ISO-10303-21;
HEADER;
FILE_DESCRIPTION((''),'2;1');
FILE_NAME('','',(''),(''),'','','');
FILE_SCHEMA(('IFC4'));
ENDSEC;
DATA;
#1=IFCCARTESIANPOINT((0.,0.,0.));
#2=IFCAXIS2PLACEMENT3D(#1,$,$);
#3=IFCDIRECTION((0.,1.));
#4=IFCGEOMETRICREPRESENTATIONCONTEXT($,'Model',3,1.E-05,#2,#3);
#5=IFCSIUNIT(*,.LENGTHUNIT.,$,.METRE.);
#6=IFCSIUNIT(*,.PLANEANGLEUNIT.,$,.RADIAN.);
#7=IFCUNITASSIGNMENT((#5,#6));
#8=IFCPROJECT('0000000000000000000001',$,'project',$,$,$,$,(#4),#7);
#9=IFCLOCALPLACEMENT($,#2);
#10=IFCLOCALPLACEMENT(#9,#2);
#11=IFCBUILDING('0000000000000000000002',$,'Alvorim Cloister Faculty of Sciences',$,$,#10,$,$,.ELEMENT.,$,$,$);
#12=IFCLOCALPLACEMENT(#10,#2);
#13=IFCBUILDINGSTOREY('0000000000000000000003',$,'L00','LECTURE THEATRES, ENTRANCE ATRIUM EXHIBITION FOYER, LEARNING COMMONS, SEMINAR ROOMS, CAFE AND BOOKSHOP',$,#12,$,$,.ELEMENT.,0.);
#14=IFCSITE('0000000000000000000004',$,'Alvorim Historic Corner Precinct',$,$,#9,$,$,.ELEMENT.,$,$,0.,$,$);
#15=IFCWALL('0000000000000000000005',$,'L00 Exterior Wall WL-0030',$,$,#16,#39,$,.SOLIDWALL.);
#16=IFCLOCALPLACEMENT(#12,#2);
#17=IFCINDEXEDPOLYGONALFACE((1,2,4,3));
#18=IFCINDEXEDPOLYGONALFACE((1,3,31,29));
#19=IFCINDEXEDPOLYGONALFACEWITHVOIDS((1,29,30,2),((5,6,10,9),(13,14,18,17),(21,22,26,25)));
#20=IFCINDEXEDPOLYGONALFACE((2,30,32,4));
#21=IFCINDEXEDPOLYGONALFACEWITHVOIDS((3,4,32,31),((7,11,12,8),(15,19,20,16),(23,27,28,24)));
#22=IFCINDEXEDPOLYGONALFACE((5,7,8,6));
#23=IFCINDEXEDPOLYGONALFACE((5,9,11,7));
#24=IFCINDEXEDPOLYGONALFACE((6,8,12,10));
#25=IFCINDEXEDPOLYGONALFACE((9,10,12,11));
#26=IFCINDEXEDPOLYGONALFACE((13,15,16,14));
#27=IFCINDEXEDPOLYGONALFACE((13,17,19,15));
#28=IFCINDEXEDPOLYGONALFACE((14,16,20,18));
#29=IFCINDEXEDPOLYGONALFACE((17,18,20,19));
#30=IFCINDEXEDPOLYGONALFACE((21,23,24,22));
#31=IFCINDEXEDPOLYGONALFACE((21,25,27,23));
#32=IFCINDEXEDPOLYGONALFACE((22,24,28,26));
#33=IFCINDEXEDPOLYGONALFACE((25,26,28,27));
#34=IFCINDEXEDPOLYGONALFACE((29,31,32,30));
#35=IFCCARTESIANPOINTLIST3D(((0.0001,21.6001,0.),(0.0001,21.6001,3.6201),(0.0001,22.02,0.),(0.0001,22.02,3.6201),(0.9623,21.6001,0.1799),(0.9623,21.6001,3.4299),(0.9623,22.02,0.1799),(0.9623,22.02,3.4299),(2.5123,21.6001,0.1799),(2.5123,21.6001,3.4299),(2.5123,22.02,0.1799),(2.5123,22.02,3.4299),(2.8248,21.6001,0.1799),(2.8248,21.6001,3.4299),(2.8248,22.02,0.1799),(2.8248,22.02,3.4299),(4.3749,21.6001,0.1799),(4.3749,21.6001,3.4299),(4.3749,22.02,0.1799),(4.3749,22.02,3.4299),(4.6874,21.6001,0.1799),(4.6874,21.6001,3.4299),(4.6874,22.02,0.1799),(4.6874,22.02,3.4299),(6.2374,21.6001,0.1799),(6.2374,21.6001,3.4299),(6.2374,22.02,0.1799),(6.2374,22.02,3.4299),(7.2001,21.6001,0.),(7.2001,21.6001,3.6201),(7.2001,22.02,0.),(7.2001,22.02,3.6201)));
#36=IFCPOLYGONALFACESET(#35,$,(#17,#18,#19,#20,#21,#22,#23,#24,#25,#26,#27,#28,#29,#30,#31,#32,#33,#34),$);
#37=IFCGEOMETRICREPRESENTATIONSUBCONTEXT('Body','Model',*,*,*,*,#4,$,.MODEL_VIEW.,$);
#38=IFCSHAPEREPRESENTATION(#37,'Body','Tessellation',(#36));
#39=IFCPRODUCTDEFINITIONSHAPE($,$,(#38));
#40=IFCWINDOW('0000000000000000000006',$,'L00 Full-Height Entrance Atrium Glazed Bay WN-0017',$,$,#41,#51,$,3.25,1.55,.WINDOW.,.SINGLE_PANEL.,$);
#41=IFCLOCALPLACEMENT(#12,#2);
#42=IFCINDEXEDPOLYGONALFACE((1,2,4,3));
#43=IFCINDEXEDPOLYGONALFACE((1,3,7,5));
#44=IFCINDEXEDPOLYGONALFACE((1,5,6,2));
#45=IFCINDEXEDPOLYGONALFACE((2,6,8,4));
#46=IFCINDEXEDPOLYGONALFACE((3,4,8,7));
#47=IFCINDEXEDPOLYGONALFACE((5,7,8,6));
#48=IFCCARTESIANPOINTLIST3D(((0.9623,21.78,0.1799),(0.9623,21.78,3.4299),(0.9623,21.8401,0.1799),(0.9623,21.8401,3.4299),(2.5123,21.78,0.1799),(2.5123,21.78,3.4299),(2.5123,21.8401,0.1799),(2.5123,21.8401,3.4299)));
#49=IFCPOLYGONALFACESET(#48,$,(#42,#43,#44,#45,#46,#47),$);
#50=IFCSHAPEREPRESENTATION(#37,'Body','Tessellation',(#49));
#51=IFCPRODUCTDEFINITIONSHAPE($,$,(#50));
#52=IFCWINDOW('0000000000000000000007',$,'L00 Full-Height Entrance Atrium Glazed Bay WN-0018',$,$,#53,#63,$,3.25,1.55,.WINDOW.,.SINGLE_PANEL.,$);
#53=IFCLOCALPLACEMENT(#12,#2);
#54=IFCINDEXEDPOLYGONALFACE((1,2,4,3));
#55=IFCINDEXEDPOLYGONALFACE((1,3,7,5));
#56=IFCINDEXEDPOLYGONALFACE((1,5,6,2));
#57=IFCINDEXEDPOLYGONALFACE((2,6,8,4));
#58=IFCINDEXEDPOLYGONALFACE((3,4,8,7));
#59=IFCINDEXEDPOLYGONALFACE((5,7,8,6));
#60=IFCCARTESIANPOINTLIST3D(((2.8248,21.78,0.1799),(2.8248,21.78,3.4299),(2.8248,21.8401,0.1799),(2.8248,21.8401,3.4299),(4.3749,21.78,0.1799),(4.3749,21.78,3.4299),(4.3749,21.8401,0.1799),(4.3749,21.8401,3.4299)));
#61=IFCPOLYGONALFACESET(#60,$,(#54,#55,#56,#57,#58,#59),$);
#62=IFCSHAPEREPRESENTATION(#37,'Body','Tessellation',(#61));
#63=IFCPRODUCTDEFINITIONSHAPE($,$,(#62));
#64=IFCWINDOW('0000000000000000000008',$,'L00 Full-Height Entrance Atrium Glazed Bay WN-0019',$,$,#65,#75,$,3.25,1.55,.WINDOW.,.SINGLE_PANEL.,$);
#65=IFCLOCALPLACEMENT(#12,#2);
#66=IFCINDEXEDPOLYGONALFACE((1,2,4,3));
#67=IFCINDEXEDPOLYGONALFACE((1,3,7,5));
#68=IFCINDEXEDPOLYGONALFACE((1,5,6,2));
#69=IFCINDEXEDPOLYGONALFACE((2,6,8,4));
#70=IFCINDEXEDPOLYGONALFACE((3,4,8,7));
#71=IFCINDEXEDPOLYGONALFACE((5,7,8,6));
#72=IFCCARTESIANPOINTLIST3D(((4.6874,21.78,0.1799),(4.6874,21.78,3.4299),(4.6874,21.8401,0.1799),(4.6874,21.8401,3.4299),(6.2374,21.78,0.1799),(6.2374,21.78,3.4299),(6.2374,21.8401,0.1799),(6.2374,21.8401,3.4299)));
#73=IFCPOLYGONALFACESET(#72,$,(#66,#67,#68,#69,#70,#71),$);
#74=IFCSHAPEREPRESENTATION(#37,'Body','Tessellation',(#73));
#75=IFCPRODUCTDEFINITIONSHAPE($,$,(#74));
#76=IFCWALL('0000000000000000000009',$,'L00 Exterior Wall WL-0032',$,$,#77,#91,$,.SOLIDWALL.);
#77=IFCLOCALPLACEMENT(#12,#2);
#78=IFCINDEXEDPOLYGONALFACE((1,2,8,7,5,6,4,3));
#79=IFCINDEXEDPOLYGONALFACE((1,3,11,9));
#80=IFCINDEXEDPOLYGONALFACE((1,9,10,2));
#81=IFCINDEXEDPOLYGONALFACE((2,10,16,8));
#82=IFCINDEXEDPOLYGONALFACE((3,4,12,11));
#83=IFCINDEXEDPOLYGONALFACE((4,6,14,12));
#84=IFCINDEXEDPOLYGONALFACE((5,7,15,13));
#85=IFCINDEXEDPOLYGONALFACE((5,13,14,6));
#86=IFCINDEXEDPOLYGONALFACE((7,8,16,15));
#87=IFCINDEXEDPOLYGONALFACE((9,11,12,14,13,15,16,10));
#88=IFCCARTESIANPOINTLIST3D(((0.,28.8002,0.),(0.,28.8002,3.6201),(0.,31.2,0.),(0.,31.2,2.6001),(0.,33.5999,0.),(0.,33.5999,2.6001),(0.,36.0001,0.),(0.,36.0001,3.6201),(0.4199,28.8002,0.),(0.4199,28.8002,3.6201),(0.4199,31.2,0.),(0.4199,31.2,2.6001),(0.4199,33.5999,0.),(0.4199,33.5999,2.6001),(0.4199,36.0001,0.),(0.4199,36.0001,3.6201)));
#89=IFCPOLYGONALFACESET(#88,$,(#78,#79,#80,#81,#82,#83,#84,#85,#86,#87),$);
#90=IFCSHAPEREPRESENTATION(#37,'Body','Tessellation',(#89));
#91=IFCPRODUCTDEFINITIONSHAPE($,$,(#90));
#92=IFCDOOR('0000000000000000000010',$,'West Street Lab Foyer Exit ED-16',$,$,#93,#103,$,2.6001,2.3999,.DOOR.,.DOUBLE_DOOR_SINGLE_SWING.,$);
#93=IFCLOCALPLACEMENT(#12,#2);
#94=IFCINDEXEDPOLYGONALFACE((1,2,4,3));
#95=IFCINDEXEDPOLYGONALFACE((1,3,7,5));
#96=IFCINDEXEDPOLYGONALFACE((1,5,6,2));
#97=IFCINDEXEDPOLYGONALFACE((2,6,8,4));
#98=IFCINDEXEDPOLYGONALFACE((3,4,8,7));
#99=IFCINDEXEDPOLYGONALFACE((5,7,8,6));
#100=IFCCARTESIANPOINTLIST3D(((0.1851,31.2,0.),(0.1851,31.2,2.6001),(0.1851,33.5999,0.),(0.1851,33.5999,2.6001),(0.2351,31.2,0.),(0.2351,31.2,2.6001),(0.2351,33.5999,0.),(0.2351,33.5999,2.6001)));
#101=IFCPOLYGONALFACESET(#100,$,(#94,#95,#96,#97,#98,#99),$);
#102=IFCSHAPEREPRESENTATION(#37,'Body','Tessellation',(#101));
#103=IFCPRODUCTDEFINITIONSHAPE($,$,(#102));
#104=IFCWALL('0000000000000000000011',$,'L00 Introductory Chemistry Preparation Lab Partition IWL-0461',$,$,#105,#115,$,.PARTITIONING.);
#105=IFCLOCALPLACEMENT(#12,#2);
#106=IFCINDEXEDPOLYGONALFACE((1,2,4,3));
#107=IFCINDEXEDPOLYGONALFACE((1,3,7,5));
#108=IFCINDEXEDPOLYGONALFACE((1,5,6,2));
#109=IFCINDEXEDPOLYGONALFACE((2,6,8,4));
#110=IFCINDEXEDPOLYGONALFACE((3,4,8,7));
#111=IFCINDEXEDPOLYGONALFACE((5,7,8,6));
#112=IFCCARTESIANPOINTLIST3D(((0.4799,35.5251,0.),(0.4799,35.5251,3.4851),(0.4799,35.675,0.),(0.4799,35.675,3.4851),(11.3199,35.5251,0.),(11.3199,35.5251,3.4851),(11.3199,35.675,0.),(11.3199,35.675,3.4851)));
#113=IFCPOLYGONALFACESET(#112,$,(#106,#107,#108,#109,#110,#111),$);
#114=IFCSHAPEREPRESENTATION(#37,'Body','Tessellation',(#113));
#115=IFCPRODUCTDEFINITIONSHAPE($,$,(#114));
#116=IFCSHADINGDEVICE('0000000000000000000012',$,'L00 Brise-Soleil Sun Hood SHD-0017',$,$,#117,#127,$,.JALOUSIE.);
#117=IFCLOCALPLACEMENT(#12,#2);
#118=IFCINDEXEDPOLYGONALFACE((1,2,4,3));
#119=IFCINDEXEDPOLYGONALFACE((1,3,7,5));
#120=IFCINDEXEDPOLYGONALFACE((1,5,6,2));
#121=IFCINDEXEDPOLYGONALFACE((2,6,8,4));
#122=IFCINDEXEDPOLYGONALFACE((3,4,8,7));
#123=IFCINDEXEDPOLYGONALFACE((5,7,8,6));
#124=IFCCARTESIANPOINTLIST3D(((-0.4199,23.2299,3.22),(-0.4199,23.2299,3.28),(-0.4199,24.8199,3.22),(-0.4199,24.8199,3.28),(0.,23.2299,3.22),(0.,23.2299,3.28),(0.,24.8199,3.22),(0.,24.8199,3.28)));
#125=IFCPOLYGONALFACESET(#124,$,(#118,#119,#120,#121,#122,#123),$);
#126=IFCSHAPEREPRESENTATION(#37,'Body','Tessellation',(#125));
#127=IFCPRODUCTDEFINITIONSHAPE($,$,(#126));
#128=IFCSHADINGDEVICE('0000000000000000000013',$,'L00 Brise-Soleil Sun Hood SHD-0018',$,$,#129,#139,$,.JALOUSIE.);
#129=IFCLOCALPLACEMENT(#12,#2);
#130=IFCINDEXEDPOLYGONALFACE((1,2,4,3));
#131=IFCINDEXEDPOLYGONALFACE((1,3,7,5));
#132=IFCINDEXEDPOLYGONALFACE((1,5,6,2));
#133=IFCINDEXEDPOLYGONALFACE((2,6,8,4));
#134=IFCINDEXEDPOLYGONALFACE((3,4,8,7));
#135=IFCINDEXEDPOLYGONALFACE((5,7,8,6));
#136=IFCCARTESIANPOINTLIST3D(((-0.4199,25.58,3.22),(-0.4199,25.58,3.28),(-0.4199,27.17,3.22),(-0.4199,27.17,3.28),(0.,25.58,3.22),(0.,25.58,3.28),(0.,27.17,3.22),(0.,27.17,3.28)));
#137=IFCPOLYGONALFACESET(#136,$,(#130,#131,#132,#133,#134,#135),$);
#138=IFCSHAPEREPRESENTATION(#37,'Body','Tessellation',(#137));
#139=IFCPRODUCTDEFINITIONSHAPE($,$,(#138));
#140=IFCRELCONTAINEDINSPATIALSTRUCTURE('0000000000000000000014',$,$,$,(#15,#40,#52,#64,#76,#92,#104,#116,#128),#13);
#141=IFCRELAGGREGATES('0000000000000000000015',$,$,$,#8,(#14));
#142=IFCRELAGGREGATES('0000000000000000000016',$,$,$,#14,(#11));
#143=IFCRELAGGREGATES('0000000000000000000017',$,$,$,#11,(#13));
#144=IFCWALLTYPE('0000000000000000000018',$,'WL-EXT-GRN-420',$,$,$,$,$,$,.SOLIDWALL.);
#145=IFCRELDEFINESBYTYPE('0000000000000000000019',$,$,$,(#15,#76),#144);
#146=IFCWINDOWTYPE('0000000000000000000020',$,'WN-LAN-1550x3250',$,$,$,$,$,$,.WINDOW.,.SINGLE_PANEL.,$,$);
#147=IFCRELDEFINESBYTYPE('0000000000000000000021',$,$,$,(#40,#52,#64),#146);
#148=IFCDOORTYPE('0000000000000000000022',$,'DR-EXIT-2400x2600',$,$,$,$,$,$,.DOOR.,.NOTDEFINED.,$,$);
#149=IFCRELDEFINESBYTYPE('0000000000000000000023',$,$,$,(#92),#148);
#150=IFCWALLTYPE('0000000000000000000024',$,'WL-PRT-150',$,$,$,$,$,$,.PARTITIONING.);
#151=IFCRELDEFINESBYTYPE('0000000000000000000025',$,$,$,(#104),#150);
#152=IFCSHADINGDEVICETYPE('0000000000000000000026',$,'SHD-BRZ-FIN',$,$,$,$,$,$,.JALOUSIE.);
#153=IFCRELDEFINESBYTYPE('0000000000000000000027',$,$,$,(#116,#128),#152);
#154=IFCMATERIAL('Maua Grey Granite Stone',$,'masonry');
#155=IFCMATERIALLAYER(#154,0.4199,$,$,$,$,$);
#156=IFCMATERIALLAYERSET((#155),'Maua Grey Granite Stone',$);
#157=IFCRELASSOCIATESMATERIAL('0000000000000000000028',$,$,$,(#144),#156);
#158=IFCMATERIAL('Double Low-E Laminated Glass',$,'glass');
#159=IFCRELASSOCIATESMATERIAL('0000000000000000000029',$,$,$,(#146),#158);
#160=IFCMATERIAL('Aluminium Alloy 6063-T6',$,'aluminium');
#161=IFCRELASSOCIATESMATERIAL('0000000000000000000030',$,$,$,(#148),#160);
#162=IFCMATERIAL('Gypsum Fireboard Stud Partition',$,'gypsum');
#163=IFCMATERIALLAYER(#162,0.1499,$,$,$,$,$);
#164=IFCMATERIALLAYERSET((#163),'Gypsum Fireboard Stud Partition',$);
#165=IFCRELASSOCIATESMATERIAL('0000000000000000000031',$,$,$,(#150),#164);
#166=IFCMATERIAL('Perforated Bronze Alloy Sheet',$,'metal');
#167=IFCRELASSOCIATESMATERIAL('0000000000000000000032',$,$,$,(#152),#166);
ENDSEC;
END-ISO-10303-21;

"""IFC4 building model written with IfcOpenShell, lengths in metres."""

from ifc_helpers import new_model, si_unit, direction, frame, frame_2d, origin, origin_2d, place, context, subcontext, project, spatial, rectangle, extrude, material, layer, layer_set, type_object, element, fill, save


model = new_model("IFC4")

# Units and contexts
model_context = context("Model", 3, precision=1e-05, world=origin(), true_north=direction((0.0, 1.0)))
body_context = subcontext(model_context, "Body", "Model", "MODEL_VIEW")
ifc_project = project(units=[si_unit("LENGTHUNIT", "METRE"), si_unit("PLANEANGLEUNIT", "RADIAN")], contexts=[model_context])

# Site, building, storey
site_placement = place(None, origin())
site = spatial("IfcSite", under=ifc_project, at=site_placement, Name="Alvorim Historic Corner Precinct", CompositionType="ELEMENT", RefElevation=0.0)
building_placement = place(site_placement, origin())
building = spatial("IfcBuilding", under=site, at=building_placement, Name="Alvorim Cloister Faculty of Sciences", CompositionType="ELEMENT")
storey_placement = place(building_placement, origin())
storey = spatial("IfcBuildingStorey", under=building, at=storey_placement, Name="L00", Description="LECTURE THEATRES, ENTRANCE ATRIUM EXHIBITION FOYER, LEARNING COMMONS, SEMINAR ROOMS, CAFE AND BOOKSHOP", CompositionType="ELEMENT", Elevation=0.0)

# Shared definitions
ifc_material_1 = material(Name="Maua Grey Granite Stone", Category="masonry")

# Wall, openings, windows
ifc_layer_1 = layer(ifc_material_1, 0.4199)
ifc_layer_set_1 = layer_set([ifc_layer_1], Name="Maua Grey Granite Stone")
wall_type_1 = type_object("IfcWallType", Name="WL-EXT-GRN-420", PredefinedType="SOLIDWALL", material=ifc_layer_set_1)
wall_1_placement = place(storey_placement, frame((0.0, 21.8101, 0.0), z_axis=(0.0, 0.0, 1.0), x_axis=(1.0, 0.0, 0.0)))
wall_1 = element("IfcWall", 1, at=wall_1_placement, inside=storey, type_object=wall_type_1, Name="L00 Exterior Wall WL-0030", PredefinedType="SOLIDWALL", context=body_context, shape_type="SweptSolid", body=[
    extrude(rectangle(XDim=7.2, YDim=0.4199, at=frame_2d((3.6001, 0.0))), origin(), (0.0, 0.0, 1.0), 3.6201),
])
opening_1_placement = place(wall_1_placement, frame((0.9624, 0.0, 0.1799)))
opening_1 = element("IfcOpeningElement", 2, at=opening_1_placement, cuts=wall_1, PredefinedType="OPENING", context=body_context, shape_type="SweptSolid", body=[
    extrude(rectangle(XDim=1.55, YDim=3.25, at=frame_2d((0.7749, 1.625))), frame((0.0, 0.2219, 0.0), z_axis=(0.0, -1.0, 0.0), x_axis=(1.0, 0.0, 0.0)), (0.0, 0.0, 1.0), 0.4438),
])
opening_2_placement = place(wall_1_placement, frame((2.825, 0.0, 0.1799)))
opening_2 = element("IfcOpeningElement", 3, at=opening_2_placement, cuts=wall_1, PredefinedType="OPENING", context=body_context, shape_type="SweptSolid", body=[
    extrude(rectangle(XDim=1.55, YDim=3.25, at=frame_2d((0.7749, 1.625))), frame((0.0, 0.2219, 0.0), z_axis=(0.0, -1.0, 0.0), x_axis=(1.0, 0.0, 0.0)), (0.0, 0.0, 1.0), 0.4438),
])
opening_3_placement = place(wall_1_placement, frame((4.6875, 0.0, 0.1799)))
opening_3 = element("IfcOpeningElement", 4, at=opening_3_placement, cuts=wall_1, PredefinedType="OPENING", context=body_context, shape_type="SweptSolid", body=[
    extrude(rectangle(XDim=1.55, YDim=3.25, at=frame_2d((0.7749, 1.625))), frame((0.0, 0.2219, 0.0), z_axis=(0.0, -1.0, 0.0), x_axis=(1.0, 0.0, 0.0)), (0.0, 0.0, 1.0), 0.4438),
])
ifc_material_2 = material(Name="Double Low-E Laminated Glass", Category="glass")
window_type = type_object("IfcWindowType", Name="WN-LAN-1550x3250", PartitioningType="SINGLE_PANEL", PredefinedType="WINDOW", material=ifc_material_2)
window_1_placement = place(opening_1_placement, origin())
window_1 = element("IfcWindow", 5, at=window_1_placement, inside=storey, type_object=window_type, Name="L00 Full-Height Entrance Atrium Glazed Bay WN-0017", OverallHeight=3.25, OverallWidth=1.55, PartitioningType="SINGLE_PANEL", PredefinedType="WINDOW", context=body_context, shape_type="SweptSolid", body=[
    extrude(rectangle(XDim=1.55, YDim=3.25, at=frame_2d((0.7749, 1.625))), frame((0.0, 0.03, 0.0), z_axis=(0.0, -1.0, 0.0), x_axis=(1.0, 0.0, 0.0)), (0.0, 0.0, 1.0), 0.0601),
])
fill(opening_1, window_1)
window_2_placement = place(opening_2_placement, origin())
window_2 = element("IfcWindow", 6, at=window_2_placement, inside=storey, type_object=window_type, Name="L00 Full-Height Entrance Atrium Glazed Bay WN-0018", OverallHeight=3.25, OverallWidth=1.55, PartitioningType="SINGLE_PANEL", PredefinedType="WINDOW", context=body_context, shape_type="SweptSolid", body=[
    extrude(rectangle(XDim=1.55, YDim=3.25, at=frame_2d((0.7749, 1.625))), frame((0.0, 0.03, 0.0), z_axis=(0.0, -1.0, 0.0), x_axis=(1.0, 0.0, 0.0)), (0.0, 0.0, 1.0), 0.0601),
])
fill(opening_2, window_2)
window_3_placement = place(opening_3_placement, origin())
window_3 = element("IfcWindow", 7, at=window_3_placement, inside=storey, type_object=window_type, Name="L00 Full-Height Entrance Atrium Glazed Bay WN-0019", OverallHeight=3.25, OverallWidth=1.55, PartitioningType="SINGLE_PANEL", PredefinedType="WINDOW", context=body_context, shape_type="SweptSolid", body=[
    extrude(rectangle(XDim=1.55, YDim=3.25, at=frame_2d((0.7749, 1.625))), frame((0.0, 0.03, 0.0), z_axis=(0.0, -1.0, 0.0), x_axis=(1.0, 0.0, 0.0)), (0.0, 0.0, 1.0), 0.0601),
])
fill(opening_3, window_3)

# Wall, opening, door
wall_2_placement = place(storey_placement, frame((0.21, 28.8, 0.0), z_axis=(0.0, 0.0, 1.0), x_axis=(0.0, 1.0, 0.0)))
wall_2 = element("IfcWall", 8, at=wall_2_placement, inside=storey, type_object=wall_type_1, Name="L00 Exterior Wall WL-0032", PredefinedType="SOLIDWALL", context=body_context, shape_type="SweptSolid", body=[
    extrude(rectangle(XDim=7.2, YDim=0.4199, at=frame_2d((3.6001, 0.0))), origin(), (0.0, 0.0, 1.0), 3.6201),
])
opening_4_placement = place(wall_2_placement, frame((2.3999, 0.0, 0.0)))
opening_4 = element("IfcOpeningElement", 9, at=opening_4_placement, cuts=wall_2, PredefinedType="OPENING", context=body_context, shape_type="SweptSolid", body=[
    extrude(rectangle(XDim=2.3999, YDim=2.6001, at=frame_2d((1.2, 1.3))), frame((0.0, 0.2219, 0.0), z_axis=(0.0, -1.0, 0.0), x_axis=(1.0, 0.0, 0.0)), (0.0, 0.0, 1.0), 0.4438),
])
ifc_material_3 = material(Name="Aluminium Alloy 6063-T6", Category="aluminium")
door_type = type_object("IfcDoorType", Name="DR-EXIT-2400x2600", OperationType="NOTDEFINED", PredefinedType="DOOR", material=ifc_material_3)
door_placement = place(opening_4_placement, origin())
door = element("IfcDoor", 10, at=door_placement, inside=storey, type_object=door_type, Name="West Street Lab Foyer Exit ED-16", OperationType="DOUBLE_DOOR_SINGLE_SWING", OverallHeight=2.6001, OverallWidth=2.3999, PredefinedType="DOOR", context=body_context, shape_type="SweptSolid", body=[
    extrude(rectangle(XDim=2.3999, YDim=2.6001, at=frame_2d((1.2, 1.3))), frame((0.0, 0.0249, 0.0), z_axis=(0.0, -1.0, 0.0), x_axis=(1.0, 0.0, 0.0)), (0.0, 0.0, 1.0), 0.05),
])
fill(opening_4, door)

# Wall
ifc_material_4 = material(Name="Gypsum Fireboard Stud Partition", Category="gypsum")
ifc_layer_2 = layer(ifc_material_4, 0.1499)
ifc_layer_set_2 = layer_set([ifc_layer_2], Name="Gypsum Fireboard Stud Partition")
wall_type_2 = type_object("IfcWallType", Name="WL-PRT-150", PredefinedType="PARTITIONING", material=ifc_layer_set_2)
wall_3_placement = place(storey_placement, frame((0.48, 35.6001, 0.0), z_axis=(0.0, 0.0, 1.0), x_axis=(1.0, 0.0, 0.0)))
element("IfcWall", 11, at=wall_3_placement, inside=storey, type_object=wall_type_2, Name="L00 Introductory Chemistry Preparation Lab Partition IWL-0461", PredefinedType="PARTITIONING", context=body_context, shape_type="SweptSolid", body=[
    extrude(rectangle(XDim=10.8401, YDim=0.1499, at=frame_2d((5.4199, 0.0))), origin(), (0.0, 0.0, 1.0), 3.4851),
])

# Shading devices
ifc_material_5 = material(Name="Perforated Bronze Alloy Sheet", Category="metal")
shading_device_type = type_object("IfcShadingDeviceType", Name="SHD-BRZ-FIN", PredefinedType="JALOUSIE", material=ifc_material_5)
for number, where, z_axis, x_axis, name in (
    (12, (-0.21, 24.0249, 3.22), (0.0, 0.0, 1.0), (1.0, 0.0, 0.0), "L00 Brise-Soleil Sun Hood SHD-0017"),
    (13, (-0.21, 26.375, 3.22), (0.0, 0.0, 1.0), (1.0, 0.0, 0.0), "L00 Brise-Soleil Sun Hood SHD-0018"),
):
    element("IfcShadingDevice", number, at=place(storey_placement, frame(where, z_axis=z_axis, x_axis=x_axis)), inside=storey, type_object=shading_device_type, Name=name, PredefinedType="JALOUSIE", context=body_context, shape_type="SweptSolid", body=[
        extrude(rectangle(XDim=0.4199, YDim=1.5901, at=origin_2d()), origin(), (0.0, 0.0, 1.0), 0.0601),
    ])

save(model, "model.ifc")
